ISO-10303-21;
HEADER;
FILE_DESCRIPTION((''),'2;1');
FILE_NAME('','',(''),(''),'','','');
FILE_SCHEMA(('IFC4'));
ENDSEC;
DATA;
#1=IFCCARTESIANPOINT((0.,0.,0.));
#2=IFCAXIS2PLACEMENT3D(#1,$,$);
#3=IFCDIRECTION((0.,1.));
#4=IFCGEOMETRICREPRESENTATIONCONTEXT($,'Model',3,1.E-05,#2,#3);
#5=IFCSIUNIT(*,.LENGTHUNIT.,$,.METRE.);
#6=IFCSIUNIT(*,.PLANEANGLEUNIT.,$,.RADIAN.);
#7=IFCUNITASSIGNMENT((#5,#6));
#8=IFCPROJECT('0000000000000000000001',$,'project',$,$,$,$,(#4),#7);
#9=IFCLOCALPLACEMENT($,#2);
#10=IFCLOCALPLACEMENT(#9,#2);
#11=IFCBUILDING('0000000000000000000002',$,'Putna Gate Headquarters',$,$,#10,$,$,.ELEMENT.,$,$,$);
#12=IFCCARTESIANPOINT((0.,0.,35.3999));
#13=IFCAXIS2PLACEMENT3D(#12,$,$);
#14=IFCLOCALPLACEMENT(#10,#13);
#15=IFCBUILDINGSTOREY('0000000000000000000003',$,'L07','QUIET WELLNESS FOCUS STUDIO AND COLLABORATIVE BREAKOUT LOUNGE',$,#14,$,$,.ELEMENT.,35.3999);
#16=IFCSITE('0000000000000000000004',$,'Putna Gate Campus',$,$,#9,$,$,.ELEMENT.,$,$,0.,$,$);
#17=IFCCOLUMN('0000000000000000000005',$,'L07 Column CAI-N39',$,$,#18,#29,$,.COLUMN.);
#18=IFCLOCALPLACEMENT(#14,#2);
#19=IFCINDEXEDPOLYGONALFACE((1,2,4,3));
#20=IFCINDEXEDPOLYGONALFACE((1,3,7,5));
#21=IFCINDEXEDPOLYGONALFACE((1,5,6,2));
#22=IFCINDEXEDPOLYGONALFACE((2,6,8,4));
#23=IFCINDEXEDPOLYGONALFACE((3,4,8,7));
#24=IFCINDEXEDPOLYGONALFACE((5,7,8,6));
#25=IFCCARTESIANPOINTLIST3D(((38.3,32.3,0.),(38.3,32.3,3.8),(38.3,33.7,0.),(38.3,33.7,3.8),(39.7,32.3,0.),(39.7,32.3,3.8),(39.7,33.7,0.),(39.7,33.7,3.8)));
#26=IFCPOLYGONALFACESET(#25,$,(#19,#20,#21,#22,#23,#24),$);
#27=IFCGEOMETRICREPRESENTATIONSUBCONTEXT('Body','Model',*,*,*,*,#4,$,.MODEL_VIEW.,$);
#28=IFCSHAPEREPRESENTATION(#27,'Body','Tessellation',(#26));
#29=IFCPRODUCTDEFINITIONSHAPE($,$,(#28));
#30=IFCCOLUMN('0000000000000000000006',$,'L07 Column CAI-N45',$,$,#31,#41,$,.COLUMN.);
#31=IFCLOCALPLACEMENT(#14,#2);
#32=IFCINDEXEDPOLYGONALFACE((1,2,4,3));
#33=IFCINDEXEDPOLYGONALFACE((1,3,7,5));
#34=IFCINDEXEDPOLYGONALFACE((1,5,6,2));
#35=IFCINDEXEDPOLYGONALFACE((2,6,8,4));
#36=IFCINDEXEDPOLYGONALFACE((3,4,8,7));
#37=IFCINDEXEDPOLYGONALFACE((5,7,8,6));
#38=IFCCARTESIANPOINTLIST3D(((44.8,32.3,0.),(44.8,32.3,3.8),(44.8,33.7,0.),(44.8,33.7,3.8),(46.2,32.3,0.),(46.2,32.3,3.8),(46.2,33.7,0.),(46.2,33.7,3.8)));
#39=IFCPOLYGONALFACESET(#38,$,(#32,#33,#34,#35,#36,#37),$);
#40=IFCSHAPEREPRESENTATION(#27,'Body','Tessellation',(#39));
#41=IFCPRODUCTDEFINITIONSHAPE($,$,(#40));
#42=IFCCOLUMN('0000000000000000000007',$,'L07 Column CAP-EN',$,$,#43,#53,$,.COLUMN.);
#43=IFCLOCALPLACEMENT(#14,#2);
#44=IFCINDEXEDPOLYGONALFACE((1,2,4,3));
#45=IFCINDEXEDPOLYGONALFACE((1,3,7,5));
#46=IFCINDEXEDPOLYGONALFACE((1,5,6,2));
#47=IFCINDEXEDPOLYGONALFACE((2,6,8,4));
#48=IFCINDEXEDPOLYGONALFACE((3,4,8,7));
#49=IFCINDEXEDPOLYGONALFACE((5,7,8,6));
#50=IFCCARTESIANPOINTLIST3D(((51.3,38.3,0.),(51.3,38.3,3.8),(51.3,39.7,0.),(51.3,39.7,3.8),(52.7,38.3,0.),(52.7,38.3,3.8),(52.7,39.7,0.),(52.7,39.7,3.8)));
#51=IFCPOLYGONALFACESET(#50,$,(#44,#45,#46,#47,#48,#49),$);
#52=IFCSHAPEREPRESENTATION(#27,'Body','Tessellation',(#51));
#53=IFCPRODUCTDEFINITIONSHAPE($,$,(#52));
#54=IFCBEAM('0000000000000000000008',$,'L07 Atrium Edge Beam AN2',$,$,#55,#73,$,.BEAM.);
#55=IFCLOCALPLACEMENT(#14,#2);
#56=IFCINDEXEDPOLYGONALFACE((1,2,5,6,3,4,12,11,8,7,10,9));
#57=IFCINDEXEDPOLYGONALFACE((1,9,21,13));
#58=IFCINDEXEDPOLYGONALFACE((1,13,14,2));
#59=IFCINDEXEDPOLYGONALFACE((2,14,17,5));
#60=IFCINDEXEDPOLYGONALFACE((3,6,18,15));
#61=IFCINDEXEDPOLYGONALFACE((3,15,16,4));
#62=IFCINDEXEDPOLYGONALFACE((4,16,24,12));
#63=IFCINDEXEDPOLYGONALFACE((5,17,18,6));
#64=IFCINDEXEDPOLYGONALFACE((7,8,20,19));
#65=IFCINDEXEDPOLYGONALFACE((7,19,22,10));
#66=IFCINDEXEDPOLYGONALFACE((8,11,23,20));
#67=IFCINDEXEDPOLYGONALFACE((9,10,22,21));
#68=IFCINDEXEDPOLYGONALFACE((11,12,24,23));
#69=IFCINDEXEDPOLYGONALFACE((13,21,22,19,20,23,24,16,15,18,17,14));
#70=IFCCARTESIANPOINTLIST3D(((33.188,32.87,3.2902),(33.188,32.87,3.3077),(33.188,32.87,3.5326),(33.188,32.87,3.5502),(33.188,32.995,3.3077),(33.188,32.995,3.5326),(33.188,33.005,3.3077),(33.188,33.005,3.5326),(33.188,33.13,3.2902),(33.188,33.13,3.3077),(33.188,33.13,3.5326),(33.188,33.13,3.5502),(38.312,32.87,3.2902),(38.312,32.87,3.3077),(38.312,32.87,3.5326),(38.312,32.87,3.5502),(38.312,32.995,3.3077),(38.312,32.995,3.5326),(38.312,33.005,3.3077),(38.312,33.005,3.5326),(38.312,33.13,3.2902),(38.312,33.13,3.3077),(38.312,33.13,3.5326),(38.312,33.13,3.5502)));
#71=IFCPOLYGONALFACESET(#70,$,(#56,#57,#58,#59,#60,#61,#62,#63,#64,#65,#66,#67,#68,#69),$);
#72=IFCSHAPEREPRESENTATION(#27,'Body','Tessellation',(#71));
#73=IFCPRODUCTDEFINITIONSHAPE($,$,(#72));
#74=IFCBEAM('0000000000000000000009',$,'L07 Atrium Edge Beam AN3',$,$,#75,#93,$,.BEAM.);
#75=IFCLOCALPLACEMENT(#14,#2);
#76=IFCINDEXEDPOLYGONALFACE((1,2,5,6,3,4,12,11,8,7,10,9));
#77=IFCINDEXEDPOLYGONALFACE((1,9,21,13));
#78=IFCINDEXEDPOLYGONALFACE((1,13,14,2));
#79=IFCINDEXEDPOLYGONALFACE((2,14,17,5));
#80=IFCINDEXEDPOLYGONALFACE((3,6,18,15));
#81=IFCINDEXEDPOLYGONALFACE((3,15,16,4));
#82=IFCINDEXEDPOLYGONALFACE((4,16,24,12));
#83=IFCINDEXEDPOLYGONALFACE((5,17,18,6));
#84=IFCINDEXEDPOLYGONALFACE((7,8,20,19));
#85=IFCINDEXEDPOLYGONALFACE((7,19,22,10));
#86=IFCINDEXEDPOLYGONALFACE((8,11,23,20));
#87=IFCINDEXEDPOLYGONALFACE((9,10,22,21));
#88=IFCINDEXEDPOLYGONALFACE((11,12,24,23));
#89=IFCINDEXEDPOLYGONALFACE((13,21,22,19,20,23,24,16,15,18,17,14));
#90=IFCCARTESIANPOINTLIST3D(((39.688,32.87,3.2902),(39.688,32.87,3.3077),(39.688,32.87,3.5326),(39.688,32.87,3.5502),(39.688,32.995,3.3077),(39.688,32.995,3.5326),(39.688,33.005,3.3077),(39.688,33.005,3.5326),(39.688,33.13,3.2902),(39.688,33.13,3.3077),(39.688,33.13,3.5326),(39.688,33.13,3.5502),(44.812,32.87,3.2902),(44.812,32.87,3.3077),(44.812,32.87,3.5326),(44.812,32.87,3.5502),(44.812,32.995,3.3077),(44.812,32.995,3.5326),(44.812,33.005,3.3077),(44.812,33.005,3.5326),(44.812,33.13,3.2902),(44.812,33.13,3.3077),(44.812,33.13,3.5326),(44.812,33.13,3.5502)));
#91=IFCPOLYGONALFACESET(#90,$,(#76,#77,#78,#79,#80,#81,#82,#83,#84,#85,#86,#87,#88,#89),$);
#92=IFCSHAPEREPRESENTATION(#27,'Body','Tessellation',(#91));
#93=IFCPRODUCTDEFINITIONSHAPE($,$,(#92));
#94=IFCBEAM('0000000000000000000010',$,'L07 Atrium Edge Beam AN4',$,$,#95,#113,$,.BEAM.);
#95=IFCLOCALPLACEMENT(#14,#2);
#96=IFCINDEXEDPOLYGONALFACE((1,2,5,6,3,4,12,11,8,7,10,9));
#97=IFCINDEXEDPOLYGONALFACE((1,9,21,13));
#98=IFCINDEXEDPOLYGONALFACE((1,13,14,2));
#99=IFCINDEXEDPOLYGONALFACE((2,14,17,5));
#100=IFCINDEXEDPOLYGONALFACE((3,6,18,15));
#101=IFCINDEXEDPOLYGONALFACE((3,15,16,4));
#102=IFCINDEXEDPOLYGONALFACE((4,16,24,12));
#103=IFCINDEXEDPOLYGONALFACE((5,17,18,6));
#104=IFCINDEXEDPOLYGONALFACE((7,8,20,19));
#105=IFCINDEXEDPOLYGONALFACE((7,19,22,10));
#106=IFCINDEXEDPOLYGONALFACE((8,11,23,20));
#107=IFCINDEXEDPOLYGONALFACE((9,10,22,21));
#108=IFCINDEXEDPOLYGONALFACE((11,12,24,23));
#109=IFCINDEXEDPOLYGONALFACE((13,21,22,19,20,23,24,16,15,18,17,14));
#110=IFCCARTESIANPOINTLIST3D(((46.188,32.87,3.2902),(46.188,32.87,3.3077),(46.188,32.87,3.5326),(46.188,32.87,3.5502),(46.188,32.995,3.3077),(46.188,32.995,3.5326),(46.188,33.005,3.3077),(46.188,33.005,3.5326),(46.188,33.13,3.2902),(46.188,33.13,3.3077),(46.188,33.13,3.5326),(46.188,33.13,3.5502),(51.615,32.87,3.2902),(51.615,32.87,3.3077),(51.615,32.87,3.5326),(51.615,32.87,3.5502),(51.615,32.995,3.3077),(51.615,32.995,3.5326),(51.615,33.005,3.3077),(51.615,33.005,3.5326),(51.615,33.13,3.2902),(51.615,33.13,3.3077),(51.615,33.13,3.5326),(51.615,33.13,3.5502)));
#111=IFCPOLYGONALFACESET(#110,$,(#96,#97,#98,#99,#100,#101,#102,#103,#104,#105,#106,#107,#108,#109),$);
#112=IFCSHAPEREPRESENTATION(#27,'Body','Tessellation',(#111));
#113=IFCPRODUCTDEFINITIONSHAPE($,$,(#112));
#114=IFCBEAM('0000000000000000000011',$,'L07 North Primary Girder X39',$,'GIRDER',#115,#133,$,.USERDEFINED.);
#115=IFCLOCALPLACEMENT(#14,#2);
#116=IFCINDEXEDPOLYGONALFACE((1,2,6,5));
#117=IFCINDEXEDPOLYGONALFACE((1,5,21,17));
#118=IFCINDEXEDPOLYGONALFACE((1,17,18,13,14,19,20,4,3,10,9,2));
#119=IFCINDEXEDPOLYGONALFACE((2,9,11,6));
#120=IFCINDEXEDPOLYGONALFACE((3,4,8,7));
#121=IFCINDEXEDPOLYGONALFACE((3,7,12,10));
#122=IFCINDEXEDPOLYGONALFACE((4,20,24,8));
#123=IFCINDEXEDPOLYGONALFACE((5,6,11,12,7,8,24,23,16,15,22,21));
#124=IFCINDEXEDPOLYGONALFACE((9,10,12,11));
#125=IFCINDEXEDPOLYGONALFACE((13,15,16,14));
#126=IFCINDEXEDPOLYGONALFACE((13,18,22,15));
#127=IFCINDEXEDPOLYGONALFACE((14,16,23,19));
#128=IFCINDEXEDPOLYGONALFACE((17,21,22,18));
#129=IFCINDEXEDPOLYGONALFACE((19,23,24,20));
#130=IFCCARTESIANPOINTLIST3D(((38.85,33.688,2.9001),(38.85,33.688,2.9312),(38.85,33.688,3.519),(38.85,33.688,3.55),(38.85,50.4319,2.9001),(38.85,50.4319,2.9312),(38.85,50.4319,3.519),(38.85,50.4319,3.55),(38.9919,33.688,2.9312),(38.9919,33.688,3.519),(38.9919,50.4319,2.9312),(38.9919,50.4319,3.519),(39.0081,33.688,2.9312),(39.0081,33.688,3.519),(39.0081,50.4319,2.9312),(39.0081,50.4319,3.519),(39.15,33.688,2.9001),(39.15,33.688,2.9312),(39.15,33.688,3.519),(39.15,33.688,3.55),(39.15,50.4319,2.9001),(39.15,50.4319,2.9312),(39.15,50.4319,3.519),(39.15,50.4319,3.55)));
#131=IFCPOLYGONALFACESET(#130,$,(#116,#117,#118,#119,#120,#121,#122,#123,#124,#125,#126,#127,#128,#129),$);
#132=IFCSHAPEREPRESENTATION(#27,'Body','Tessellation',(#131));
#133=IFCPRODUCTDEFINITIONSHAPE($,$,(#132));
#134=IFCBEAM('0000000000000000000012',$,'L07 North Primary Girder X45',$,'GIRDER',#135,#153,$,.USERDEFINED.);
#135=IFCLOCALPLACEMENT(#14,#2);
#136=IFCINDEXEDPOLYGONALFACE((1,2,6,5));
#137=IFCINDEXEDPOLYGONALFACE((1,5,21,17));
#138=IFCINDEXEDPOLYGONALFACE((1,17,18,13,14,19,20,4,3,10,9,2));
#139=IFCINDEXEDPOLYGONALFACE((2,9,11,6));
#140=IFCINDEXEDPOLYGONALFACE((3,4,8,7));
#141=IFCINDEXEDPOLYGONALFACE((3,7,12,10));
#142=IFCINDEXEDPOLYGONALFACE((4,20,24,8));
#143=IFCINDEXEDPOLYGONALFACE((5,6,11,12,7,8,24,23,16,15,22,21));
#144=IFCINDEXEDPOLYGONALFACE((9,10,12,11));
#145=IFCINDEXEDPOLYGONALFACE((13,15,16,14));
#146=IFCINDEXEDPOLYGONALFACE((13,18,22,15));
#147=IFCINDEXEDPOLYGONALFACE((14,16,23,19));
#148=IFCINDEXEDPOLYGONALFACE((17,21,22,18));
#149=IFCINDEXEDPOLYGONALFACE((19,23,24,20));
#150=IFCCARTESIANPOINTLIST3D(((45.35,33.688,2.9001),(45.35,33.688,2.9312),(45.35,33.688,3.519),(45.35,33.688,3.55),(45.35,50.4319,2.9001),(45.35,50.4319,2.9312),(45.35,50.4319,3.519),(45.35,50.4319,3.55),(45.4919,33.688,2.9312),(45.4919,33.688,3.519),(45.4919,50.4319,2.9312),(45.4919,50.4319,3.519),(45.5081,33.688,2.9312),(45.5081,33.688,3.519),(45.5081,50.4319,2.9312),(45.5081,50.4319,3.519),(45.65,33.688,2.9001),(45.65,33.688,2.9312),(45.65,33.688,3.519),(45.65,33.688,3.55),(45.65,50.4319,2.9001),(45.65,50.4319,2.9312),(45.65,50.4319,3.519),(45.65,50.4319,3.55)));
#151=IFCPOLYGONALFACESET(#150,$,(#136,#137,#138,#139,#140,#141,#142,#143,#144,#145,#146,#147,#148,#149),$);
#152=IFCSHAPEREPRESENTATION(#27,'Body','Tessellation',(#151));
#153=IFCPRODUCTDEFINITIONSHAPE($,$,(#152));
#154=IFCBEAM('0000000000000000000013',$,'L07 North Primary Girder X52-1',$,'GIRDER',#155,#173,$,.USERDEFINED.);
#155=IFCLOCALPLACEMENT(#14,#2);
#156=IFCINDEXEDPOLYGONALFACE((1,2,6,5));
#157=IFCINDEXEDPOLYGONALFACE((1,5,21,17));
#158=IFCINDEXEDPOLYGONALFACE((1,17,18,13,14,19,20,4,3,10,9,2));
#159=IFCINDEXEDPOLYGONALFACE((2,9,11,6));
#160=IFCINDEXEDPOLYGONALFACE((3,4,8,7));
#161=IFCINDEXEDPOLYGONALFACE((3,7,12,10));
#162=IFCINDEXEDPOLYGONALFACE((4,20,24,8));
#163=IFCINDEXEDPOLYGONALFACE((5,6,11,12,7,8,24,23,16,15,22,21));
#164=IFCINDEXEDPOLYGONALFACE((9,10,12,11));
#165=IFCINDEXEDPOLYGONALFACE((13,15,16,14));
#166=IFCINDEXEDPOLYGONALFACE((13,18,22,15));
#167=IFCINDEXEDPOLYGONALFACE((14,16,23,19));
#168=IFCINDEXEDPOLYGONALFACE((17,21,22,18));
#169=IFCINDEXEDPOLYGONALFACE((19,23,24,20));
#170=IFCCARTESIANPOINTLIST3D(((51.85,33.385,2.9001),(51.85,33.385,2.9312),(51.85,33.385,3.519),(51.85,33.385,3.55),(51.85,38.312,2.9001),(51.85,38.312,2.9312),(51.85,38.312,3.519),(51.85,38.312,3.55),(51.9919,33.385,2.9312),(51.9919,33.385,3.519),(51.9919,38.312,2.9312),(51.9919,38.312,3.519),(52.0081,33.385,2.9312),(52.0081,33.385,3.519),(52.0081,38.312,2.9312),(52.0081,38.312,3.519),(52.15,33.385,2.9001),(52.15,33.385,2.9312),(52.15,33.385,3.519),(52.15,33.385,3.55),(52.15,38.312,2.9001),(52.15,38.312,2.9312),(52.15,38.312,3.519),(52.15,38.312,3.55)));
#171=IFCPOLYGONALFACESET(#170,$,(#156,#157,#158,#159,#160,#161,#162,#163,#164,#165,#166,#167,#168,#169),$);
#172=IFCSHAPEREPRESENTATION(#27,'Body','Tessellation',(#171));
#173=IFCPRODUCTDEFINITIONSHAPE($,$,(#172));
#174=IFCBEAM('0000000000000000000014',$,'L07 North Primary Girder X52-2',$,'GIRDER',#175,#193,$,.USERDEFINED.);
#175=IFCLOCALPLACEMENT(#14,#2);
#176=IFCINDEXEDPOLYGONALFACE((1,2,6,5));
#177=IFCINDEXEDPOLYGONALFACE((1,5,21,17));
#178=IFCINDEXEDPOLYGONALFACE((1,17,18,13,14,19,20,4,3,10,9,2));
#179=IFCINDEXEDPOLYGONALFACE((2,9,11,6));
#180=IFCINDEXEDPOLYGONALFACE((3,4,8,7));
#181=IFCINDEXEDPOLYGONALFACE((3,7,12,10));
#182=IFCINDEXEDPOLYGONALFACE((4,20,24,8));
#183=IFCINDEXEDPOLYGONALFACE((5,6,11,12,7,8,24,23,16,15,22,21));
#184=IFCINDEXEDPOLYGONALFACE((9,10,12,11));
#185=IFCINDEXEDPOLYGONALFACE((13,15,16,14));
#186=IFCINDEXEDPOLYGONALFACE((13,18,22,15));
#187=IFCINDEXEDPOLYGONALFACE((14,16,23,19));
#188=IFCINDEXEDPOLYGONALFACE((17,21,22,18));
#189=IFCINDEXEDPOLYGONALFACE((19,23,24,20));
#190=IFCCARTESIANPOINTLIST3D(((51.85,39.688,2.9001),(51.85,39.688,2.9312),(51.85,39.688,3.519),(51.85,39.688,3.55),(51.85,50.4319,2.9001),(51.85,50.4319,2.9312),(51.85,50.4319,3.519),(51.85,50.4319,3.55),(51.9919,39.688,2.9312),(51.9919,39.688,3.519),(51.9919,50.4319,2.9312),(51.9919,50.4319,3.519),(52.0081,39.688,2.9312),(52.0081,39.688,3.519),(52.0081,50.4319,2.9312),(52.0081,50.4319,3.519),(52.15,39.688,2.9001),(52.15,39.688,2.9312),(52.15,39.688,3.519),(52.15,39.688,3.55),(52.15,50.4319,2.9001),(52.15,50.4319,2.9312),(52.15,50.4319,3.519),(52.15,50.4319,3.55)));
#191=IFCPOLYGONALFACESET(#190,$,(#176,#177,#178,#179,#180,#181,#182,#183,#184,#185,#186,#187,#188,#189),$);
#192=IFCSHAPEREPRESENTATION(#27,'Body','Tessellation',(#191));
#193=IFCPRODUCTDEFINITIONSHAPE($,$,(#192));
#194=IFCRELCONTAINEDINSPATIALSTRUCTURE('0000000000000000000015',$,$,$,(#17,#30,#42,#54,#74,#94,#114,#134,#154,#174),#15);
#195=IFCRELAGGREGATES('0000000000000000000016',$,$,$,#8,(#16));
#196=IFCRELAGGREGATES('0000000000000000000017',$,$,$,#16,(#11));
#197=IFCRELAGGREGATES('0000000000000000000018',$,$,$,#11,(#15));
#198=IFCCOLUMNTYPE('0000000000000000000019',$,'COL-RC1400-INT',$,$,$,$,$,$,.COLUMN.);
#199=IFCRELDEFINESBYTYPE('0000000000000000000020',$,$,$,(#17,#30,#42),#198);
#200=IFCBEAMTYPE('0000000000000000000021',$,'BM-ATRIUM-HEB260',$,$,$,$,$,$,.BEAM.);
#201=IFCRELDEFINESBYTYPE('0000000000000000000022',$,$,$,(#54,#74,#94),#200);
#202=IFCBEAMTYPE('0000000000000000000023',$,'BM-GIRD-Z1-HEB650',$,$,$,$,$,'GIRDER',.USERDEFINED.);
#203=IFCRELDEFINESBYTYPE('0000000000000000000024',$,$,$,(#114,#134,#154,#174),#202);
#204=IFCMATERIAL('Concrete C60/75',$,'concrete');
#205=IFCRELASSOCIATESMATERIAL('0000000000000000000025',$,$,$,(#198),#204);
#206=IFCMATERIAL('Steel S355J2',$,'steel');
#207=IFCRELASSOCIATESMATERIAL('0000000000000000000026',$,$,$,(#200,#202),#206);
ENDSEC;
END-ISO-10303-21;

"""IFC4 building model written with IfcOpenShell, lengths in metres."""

from ifc_helpers import new_model, si_unit, direction, frame, origin, origin_2d, place, context, subcontext, project, spatial, rectangle, i_section, extrude, material, material_profile, profile_set, type_object, element, save


model = new_model("IFC4")

# Units and contexts
model_context = context("Model", 3, precision=1e-05, world=origin(), true_north=direction((0.0, 1.0)))
body_context = subcontext(model_context, "Body", "Model", "MODEL_VIEW")
ifc_project = project(units=[si_unit("LENGTHUNIT", "METRE"), si_unit("PLANEANGLEUNIT", "RADIAN")], contexts=[model_context])

# Site, building, storey
site_placement = place(None, origin())
site = spatial("IfcSite", under=ifc_project, at=site_placement, Name="Putna Gate Campus", CompositionType="ELEMENT", RefElevation=0.0)
building_placement = place(site_placement, origin())
building = spatial("IfcBuilding", under=site, at=building_placement, Name="Putna Gate Headquarters", CompositionType="ELEMENT")
storey_placement = place(building_placement, frame((0.0, 0.0, 35.3999)))
storey = spatial("IfcBuildingStorey", under=building, at=storey_placement, Name="L07", Description="QUIET WELLNESS FOCUS STUDIO AND COLLABORATIVE BREAKOUT LOUNGE", CompositionType="ELEMENT", Elevation=35.3999)

# Columns
ifc_material_1 = material(Name="Concrete C60/75", Category="concrete")
ifc_material_profile_1 = material_profile(ifc_material_1, rectangle(XDim=1.3999, YDim=1.3999, at=origin_2d()), Name="Concrete C60/75")
ifc_profile_set_1 = profile_set([ifc_material_profile_1], Name="Concrete C60/75")
column_type = type_object("IfcColumnType", Name="COL-RC1400-INT", PredefinedType="COLUMN", material=ifc_profile_set_1)
for number, where, z_axis, x_axis, name in (
    (1, (39.0, 33.0, 0.0), (0.0, 0.0, 1.0), (1.0, 0.0, 0.0), "L07 Column CAI-N39"),
    (2, (45.5, 33.0, 0.0), (0.0, 0.0, 1.0), (1.0, 0.0, 0.0), "L07 Column CAI-N45"),
    (3, (52.0, 39.0, 0.0), (0.0, 0.0, 1.0), (1.0, 0.0, 0.0), "L07 Column CAP-EN"),
):
    element("IfcColumn", number, at=place(storey_placement, frame(where, z_axis=z_axis, x_axis=x_axis)), inside=storey, type_object=column_type, Name=name, PredefinedType="COLUMN", context=body_context, shape_type="SweptSolid", body=[
        extrude(rectangle(XDim=1.3999, YDim=1.3999, at=origin_2d()), origin(), (0.0, 0.0, 1.0), 3.8),
    ])

# Beams
ifc_material_2 = material(Name="Steel S355J2", Category="steel")
ifc_material_profile_2 = material_profile(ifc_material_2, i_section(OverallWidth=0.26, OverallDepth=0.26, WebThickness=0.01, FlangeThickness=0.0176, at=origin_2d()), Name="Steel S355J2")
ifc_profile_set_2 = profile_set([ifc_material_profile_2], Name="Steel S355J2")
beam_type_1 = type_object("IfcBeamType", Name="BM-ATRIUM-HEB260", PredefinedType="BEAM", material=ifc_profile_set_2)
for number, where, z_axis, x_axis, name in (
    (4, (33.188, 33.0, 3.4202), (1.0, 0.0, 0.0), (0.0, 1.0, 0.0), "L07 Atrium Edge Beam AN2"),
    (5, (39.688, 33.0, 3.4202), (1.0, 0.0, 0.0), (0.0, 1.0, 0.0), "L07 Atrium Edge Beam AN3"),
):
    element("IfcBeam", number, at=place(storey_placement, frame(where, z_axis=z_axis, x_axis=x_axis)), inside=storey, type_object=beam_type_1, Name=name, PredefinedType="BEAM", context=body_context, shape_type="SweptSolid", body=[
        extrude(i_section(OverallWidth=0.26, OverallDepth=0.26, WebThickness=0.01, FlangeThickness=0.0176, at=origin_2d()), origin(), (0.0, 0.0, 1.0), 5.124),
    ])
beam_1_placement = place(storey_placement, frame((46.188, 33.0, 3.4202), z_axis=(1.0, 0.0, 0.0), x_axis=(0.0, 1.0, 0.0)))
element("IfcBeam", 6, at=beam_1_placement, inside=storey, type_object=beam_type_1, Name="L07 Atrium Edge Beam AN4", PredefinedType="BEAM", context=body_context, shape_type="SweptSolid", body=[
    extrude(i_section(OverallWidth=0.26, OverallDepth=0.26, WebThickness=0.01, FlangeThickness=0.0176, at=origin_2d()), origin(), (0.0, 0.0, 1.0), 5.427),
])
ifc_material_profile_3 = material_profile(ifc_material_2, i_section(OverallWidth=0.3, OverallDepth=0.6499, WebThickness=0.0161, FlangeThickness=0.031, at=origin_2d()), Name="Steel S355J2")
ifc_profile_set_3 = profile_set([ifc_material_profile_3], Name="Steel S355J2")
beam_type_2 = type_object("IfcBeamType", Name="BM-GIRD-Z1-HEB650", ElementType="GIRDER", PredefinedType="USERDEFINED", material=ifc_profile_set_3)
for number, where, z_axis, x_axis, name in (
    (7, (39.0, 33.688, 3.2251), (0.0, 1.0, 0.0), (-1.0, 0.0, 0.0), "L07 North Primary Girder X39"),
    (8, (45.5, 33.688, 3.2251), (0.0, 1.0, 0.0), (-1.0, 0.0, 0.0), "L07 North Primary Girder X45"),
):
    element("IfcBeam", number, at=place(storey_placement, frame(where, z_axis=z_axis, x_axis=x_axis)), inside=storey, type_object=beam_type_2, Name=name, ObjectType="GIRDER", PredefinedType="USERDEFINED", context=body_context, shape_type="SweptSolid", body=[
        extrude(i_section(OverallWidth=0.3, OverallDepth=0.6499, WebThickness=0.0161, FlangeThickness=0.031, at=origin_2d()), origin(), (0.0, 0.0, 1.0), 16.7439),
    ])
beam_2_placement = place(storey_placement, frame((52.0, 33.385, 3.2251), z_axis=(0.0, 1.0, 0.0), x_axis=(-1.0, 0.0, 0.0)))
element("IfcBeam", 9, at=beam_2_placement, inside=storey, type_object=beam_type_2, Name="L07 North Primary Girder X52-1", ObjectType="GIRDER", PredefinedType="USERDEFINED", context=body_context, shape_type="SweptSolid", body=[
    extrude(i_section(OverallWidth=0.3, OverallDepth=0.6499, WebThickness=0.0161, FlangeThickness=0.031, at=origin_2d()), origin(), (0.0, 0.0, 1.0), 4.927),
])
beam_3_placement = place(storey_placement, frame((52.0, 39.688, 3.2251), z_axis=(0.0, 1.0, 0.0), x_axis=(-1.0, 0.0, 0.0)))
element("IfcBeam", 10, at=beam_3_placement, inside=storey, type_object=beam_type_2, Name="L07 North Primary Girder X52-2", ObjectType="GIRDER", PredefinedType="USERDEFINED", context=body_context, shape_type="SweptSolid", body=[
    extrude(i_section(OverallWidth=0.3, OverallDepth=0.6499, WebThickness=0.0161, FlangeThickness=0.031, at=origin_2d()), origin(), (0.0, 0.0, 1.0), 10.7439),
])

save(model, "model.ifc")
